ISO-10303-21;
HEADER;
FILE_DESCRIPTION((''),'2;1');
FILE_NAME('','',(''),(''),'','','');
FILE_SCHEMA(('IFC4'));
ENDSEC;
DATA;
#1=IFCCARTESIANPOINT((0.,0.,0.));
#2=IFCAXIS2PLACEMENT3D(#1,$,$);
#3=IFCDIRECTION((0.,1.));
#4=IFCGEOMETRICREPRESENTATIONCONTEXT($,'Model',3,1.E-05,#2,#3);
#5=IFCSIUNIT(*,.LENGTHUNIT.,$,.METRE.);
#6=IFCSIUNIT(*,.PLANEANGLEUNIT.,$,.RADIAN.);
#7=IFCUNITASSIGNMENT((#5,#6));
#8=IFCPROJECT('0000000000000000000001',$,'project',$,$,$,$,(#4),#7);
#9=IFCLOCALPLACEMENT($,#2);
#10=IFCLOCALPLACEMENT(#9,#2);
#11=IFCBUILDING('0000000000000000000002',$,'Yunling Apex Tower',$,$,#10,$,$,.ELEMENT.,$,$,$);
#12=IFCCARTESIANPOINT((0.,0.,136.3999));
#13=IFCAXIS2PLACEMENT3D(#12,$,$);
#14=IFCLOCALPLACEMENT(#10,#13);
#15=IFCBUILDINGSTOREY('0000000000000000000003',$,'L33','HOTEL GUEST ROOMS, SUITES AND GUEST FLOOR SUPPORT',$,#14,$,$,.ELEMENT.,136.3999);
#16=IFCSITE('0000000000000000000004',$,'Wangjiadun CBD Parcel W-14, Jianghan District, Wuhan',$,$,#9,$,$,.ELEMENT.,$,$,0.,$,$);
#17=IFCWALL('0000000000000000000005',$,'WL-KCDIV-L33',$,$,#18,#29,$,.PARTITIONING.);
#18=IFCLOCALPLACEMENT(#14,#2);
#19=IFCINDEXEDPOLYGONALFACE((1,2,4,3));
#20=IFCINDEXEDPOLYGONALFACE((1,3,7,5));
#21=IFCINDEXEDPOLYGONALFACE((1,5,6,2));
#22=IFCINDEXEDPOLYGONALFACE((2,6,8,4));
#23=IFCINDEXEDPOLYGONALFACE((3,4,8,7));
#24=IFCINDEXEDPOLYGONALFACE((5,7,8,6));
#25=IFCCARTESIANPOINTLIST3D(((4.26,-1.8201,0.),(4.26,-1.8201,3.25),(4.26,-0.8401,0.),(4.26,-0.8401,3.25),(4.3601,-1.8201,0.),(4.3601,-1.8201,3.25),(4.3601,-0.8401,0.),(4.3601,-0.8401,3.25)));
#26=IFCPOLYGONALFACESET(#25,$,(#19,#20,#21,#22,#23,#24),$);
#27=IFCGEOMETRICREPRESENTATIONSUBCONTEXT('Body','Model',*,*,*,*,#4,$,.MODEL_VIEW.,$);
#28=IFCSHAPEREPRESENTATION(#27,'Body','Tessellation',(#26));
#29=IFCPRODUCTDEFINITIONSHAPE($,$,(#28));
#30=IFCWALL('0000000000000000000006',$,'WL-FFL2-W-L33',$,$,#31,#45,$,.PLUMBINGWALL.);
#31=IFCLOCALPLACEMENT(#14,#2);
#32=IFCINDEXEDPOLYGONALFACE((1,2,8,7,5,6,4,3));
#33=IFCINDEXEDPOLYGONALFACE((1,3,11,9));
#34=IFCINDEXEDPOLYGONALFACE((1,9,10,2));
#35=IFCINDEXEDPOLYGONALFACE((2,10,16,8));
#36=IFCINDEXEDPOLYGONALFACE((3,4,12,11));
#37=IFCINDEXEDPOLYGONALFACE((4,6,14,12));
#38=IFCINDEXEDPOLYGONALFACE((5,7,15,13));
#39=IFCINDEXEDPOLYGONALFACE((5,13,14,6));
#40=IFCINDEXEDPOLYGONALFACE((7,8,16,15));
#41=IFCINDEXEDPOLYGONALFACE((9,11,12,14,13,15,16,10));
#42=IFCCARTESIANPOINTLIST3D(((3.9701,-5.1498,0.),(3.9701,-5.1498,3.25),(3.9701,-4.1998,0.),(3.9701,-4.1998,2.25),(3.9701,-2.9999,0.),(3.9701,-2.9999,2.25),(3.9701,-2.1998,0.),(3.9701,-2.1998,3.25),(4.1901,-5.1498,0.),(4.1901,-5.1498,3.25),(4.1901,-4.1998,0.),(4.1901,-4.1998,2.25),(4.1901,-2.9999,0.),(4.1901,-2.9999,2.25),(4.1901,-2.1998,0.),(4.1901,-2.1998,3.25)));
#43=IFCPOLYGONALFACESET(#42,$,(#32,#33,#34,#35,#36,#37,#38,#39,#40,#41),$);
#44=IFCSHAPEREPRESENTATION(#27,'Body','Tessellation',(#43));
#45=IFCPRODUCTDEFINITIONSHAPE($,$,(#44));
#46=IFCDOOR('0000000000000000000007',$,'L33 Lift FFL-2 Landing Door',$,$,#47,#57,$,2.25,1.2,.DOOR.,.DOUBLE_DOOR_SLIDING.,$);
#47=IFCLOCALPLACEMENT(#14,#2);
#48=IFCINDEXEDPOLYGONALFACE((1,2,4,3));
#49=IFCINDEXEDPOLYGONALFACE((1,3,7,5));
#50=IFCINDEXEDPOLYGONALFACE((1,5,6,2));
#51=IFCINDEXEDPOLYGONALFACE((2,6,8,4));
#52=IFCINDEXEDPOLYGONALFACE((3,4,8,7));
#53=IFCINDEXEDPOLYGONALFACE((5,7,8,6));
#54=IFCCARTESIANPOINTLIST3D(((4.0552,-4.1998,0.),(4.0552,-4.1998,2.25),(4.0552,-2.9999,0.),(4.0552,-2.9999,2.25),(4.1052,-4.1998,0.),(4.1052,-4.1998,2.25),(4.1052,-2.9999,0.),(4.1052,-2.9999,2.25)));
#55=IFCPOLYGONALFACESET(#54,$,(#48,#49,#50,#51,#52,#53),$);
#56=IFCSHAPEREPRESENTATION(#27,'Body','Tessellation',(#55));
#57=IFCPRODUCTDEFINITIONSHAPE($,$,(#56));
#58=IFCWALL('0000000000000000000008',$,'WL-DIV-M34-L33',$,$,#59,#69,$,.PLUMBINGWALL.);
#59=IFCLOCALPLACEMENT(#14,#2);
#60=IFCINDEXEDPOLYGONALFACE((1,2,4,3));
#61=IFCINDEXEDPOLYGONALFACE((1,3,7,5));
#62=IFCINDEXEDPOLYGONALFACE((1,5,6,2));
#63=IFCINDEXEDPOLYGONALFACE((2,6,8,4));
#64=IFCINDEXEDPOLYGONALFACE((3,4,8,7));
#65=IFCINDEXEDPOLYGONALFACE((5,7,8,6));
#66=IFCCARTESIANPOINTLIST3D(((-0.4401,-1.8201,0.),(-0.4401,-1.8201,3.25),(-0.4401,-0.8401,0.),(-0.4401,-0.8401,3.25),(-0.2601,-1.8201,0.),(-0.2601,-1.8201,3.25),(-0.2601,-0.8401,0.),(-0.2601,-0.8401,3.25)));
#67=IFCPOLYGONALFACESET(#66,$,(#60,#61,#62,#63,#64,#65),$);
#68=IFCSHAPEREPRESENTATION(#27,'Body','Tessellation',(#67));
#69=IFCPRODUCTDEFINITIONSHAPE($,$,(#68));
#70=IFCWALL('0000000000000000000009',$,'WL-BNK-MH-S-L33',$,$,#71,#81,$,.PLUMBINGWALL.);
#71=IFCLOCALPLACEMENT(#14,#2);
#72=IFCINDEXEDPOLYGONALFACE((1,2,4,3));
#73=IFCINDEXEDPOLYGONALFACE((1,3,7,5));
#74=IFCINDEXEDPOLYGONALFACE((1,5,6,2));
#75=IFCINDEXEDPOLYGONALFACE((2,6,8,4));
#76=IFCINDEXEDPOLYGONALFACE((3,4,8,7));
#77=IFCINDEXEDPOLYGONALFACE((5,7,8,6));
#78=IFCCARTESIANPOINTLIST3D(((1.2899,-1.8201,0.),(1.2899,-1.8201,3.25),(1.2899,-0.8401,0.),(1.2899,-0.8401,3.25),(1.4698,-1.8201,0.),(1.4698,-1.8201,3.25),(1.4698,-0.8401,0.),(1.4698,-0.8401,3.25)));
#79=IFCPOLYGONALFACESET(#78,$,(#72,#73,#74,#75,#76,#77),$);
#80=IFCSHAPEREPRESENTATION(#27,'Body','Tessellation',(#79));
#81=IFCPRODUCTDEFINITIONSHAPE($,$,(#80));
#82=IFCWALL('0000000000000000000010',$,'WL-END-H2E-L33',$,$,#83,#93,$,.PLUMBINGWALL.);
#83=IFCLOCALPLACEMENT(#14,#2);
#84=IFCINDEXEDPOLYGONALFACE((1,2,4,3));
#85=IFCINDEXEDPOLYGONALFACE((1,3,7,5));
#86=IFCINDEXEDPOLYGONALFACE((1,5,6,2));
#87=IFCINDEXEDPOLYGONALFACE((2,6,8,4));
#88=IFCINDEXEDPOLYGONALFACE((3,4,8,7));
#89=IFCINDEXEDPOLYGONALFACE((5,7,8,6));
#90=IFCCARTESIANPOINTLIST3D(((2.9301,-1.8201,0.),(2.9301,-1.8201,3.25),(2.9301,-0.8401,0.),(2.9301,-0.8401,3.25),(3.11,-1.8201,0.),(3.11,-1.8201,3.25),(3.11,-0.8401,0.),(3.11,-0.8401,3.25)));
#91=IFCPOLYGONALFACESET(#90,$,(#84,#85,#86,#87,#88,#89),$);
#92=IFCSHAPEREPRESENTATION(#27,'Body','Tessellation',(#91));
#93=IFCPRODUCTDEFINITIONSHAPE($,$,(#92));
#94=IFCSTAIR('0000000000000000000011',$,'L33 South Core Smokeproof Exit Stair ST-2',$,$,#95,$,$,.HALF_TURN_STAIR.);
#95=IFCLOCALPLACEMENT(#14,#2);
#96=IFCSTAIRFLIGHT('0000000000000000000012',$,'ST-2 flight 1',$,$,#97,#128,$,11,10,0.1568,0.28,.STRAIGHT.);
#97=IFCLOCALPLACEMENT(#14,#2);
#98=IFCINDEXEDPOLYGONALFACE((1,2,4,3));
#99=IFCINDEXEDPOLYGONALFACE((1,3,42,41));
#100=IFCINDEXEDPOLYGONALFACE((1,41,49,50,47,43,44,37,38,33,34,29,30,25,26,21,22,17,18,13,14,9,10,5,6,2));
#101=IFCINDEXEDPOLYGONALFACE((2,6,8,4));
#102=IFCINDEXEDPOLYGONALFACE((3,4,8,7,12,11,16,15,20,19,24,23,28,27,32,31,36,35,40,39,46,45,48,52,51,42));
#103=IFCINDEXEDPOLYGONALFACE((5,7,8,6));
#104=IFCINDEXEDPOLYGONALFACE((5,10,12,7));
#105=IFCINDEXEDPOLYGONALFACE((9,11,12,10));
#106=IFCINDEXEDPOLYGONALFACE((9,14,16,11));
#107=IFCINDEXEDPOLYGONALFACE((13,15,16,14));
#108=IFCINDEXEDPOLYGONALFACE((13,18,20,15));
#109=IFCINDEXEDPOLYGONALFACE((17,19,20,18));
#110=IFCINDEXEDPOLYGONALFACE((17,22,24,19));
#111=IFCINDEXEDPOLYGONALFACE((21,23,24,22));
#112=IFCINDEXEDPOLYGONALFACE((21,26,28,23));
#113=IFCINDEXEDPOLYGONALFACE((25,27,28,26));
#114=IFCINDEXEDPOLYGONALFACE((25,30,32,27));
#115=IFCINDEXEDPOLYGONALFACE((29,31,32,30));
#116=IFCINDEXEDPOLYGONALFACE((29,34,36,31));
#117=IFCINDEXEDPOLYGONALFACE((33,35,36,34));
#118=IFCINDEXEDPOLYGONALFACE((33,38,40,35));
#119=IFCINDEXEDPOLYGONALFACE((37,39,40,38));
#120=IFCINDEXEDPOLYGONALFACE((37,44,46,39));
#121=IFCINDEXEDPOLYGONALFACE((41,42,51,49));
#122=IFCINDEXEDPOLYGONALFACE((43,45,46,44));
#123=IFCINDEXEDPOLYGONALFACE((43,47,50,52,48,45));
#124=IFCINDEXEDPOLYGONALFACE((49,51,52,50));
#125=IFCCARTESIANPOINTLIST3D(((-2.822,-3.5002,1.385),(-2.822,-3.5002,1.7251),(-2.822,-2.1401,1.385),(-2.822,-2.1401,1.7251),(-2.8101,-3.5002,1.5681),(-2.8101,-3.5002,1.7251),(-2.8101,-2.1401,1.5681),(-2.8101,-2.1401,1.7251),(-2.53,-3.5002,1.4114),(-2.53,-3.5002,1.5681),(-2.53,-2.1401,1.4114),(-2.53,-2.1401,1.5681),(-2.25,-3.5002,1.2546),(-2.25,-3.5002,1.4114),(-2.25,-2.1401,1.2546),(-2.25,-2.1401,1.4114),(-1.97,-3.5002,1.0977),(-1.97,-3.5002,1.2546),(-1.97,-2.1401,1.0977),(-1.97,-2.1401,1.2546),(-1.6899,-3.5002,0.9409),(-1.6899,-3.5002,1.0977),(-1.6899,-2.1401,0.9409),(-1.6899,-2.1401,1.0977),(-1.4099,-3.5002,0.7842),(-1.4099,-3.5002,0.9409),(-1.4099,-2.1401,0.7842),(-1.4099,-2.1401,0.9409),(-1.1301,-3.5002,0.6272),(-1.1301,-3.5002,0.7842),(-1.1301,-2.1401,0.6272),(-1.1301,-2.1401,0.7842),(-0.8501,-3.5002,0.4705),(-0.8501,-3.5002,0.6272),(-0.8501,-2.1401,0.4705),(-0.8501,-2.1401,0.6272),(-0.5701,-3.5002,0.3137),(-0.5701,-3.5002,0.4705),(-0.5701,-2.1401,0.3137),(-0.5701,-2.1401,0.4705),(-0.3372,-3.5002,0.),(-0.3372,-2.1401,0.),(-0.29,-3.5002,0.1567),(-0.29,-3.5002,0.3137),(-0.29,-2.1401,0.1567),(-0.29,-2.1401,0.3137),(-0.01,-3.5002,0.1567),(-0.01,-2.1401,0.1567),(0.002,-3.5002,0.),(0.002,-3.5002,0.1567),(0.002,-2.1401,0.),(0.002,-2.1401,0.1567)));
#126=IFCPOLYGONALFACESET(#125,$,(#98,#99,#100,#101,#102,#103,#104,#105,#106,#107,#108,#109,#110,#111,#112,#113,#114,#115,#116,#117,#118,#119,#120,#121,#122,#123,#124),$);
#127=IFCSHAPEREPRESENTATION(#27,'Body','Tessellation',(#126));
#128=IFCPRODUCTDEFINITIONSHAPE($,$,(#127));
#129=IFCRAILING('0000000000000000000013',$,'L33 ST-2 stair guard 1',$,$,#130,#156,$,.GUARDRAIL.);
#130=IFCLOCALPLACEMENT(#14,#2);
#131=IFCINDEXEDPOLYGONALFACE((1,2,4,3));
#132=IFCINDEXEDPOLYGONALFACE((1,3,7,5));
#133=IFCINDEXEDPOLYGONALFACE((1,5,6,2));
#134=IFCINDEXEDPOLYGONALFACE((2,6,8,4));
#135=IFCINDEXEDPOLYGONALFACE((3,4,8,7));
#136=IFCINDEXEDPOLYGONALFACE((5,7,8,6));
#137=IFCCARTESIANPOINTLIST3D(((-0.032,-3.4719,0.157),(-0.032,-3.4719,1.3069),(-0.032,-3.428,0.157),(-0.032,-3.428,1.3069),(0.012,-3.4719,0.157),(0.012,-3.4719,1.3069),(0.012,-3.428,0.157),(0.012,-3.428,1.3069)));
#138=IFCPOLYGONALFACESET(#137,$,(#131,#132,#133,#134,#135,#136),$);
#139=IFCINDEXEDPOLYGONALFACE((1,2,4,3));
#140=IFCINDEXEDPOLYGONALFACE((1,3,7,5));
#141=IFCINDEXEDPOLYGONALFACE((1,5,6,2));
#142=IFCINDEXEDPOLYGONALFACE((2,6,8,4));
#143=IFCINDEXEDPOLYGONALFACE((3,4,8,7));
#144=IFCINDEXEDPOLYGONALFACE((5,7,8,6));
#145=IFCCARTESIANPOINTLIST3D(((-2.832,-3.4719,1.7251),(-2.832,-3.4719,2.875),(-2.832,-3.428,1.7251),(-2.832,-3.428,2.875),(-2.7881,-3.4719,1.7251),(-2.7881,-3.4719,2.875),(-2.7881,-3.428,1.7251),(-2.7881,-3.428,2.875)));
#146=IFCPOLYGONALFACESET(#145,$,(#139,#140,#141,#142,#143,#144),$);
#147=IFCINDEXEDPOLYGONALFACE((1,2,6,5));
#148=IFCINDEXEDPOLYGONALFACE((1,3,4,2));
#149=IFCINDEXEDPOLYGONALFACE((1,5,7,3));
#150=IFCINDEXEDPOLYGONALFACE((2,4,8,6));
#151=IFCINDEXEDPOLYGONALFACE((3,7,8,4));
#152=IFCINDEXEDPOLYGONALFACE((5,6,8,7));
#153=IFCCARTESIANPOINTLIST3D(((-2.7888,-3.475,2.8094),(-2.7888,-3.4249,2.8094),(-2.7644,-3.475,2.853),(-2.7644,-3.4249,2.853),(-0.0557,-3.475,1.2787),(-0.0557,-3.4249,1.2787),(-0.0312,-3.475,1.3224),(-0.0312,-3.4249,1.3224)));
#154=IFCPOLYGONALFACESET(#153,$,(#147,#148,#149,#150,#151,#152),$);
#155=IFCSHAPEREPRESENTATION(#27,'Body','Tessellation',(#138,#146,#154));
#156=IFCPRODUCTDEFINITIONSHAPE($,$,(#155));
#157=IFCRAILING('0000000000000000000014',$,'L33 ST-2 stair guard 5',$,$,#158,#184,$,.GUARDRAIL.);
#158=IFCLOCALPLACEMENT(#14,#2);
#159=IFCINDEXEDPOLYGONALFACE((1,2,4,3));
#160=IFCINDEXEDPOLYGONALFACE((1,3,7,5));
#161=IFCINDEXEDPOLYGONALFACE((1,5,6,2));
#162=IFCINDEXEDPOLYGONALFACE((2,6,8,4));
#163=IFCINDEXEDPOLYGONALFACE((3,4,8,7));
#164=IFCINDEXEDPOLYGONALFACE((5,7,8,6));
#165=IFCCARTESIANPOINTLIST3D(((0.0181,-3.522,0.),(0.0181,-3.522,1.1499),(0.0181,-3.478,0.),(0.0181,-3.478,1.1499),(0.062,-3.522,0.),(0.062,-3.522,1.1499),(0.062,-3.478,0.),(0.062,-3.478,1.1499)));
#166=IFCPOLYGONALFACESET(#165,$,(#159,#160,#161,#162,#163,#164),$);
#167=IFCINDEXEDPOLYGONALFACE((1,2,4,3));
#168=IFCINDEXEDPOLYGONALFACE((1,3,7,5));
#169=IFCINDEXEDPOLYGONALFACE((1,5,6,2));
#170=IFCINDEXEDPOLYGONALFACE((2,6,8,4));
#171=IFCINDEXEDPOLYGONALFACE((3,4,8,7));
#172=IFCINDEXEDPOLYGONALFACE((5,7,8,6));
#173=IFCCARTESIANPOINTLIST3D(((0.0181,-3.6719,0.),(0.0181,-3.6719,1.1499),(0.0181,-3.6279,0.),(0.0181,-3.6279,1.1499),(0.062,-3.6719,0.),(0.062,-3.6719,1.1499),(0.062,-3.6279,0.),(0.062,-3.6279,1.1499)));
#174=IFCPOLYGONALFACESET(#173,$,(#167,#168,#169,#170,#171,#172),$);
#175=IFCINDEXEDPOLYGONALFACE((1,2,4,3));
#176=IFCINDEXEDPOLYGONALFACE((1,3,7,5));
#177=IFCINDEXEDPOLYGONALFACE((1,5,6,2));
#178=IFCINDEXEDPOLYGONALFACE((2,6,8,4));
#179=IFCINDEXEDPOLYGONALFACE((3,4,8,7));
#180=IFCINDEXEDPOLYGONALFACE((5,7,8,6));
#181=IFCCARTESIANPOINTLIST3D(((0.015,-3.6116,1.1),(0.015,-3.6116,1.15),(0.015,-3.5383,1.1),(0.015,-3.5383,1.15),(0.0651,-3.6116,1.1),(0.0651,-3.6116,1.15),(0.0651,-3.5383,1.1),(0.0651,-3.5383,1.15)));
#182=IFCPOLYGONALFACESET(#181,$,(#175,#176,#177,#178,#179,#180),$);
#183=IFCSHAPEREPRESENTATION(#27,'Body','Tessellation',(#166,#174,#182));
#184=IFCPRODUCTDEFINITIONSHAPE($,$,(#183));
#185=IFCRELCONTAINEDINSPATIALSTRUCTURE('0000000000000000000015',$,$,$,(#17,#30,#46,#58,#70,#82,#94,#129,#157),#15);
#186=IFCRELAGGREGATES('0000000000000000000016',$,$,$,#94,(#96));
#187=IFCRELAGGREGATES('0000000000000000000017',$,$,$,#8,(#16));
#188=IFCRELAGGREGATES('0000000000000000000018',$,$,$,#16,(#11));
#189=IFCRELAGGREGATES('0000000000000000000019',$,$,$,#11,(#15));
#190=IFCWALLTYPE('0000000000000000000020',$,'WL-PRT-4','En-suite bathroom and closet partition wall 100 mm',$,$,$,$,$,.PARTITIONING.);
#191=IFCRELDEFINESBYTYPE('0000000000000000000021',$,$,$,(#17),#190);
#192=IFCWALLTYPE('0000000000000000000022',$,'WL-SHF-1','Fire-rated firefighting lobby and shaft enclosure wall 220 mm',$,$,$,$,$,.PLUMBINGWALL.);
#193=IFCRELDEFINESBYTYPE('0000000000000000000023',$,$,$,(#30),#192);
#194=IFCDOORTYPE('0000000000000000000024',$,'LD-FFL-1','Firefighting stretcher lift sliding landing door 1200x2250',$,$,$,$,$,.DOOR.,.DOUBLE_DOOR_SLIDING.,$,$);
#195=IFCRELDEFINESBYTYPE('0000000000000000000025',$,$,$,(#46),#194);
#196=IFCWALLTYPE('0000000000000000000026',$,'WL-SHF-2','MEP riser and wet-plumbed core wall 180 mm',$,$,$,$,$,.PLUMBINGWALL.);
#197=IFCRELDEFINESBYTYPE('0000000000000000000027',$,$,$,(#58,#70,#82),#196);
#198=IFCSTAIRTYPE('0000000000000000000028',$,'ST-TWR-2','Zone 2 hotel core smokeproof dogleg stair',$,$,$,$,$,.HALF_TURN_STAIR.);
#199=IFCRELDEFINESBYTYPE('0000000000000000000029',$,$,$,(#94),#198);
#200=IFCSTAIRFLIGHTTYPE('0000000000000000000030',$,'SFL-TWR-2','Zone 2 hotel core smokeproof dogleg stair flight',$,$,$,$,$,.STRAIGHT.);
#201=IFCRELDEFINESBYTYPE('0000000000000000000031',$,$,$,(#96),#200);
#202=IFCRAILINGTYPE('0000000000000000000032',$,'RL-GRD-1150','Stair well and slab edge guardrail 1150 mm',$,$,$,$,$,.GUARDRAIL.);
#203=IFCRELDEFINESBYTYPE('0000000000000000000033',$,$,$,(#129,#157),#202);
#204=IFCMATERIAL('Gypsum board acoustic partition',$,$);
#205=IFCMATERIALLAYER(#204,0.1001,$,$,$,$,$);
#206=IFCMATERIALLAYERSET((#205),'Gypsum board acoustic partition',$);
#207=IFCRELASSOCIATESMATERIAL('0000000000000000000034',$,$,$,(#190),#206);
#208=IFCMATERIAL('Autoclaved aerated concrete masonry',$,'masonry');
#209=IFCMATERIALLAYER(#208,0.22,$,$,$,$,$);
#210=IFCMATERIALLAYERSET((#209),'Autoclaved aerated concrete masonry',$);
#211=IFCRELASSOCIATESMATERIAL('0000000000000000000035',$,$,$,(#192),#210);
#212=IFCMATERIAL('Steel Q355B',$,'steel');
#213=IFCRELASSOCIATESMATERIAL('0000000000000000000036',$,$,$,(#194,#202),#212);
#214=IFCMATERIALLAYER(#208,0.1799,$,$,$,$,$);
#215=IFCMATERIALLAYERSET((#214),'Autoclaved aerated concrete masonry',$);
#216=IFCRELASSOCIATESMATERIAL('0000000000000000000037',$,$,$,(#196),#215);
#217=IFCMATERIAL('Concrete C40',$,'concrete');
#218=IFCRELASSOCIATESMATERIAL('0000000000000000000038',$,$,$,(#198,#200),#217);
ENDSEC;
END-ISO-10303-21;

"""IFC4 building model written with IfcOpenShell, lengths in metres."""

from ifc_helpers import new_model, si_unit, direction, frame, frame_2d, origin, origin_2d, place, context, subcontext, project, spatial, polyline, rectangle, outline, extrude, material, layer, layer_set, type_object, element, fill, aggregate, save


model = new_model("IFC4")

# Units and contexts
model_context = context("Model", 3, precision=1e-05, world=origin(), true_north=direction((0.0, 1.0)))
body_context = subcontext(model_context, "Body", "Model", "MODEL_VIEW")
ifc_project = project(units=[si_unit("LENGTHUNIT", "METRE"), si_unit("PLANEANGLEUNIT", "RADIAN")], contexts=[model_context])

# Site, building, storey
site_placement = place(None, origin())
site = spatial("IfcSite", under=ifc_project, at=site_placement, Name="Wangjiadun CBD Parcel W-14, Jianghan District, Wuhan", CompositionType="ELEMENT", RefElevation=0.0)
building_placement = place(site_placement, origin())
building = spatial("IfcBuilding", under=site, at=building_placement, Name="Yunling Apex Tower", CompositionType="ELEMENT")
storey_placement = place(building_placement, frame((0.0, 0.0, 136.3999)))
storey = spatial("IfcBuildingStorey", under=building, at=storey_placement, Name="L33", Description="HOTEL GUEST ROOMS, SUITES AND GUEST FLOOR SUPPORT", CompositionType="ELEMENT", Elevation=136.3999)

# Shared definitions
ifc_material_1 = material(Name="Steel Q355B", Category="steel")

# Shared definitions
ifc_material_2 = material(Name="Concrete C40", Category="concrete")
ifc_material_3 = material(Name="Gypsum board acoustic partition")

# Wall
ifc_layer_1 = layer(ifc_material_3, 0.1001)
ifc_layer_set_1 = layer_set([ifc_layer_1], Name="Gypsum board acoustic partition")
wall_type_1 = type_object("IfcWallType", Name="WL-PRT-4", Description="En-suite bathroom and closet partition wall 100 mm", PredefinedType="PARTITIONING", material=ifc_layer_set_1)
wall_1_placement = place(storey_placement, frame((4.3101, -1.8201, 0.0), z_axis=(0.0, 0.0, 1.0), x_axis=(0.0, 1.0, 0.0)))
element("IfcWall", 1, at=wall_1_placement, inside=storey, type_object=wall_type_1, Name="WL-KCDIV-L33", PredefinedType="PARTITIONING", context=body_context, shape_type="SweptSolid", body=[
    extrude(rectangle(XDim=0.98, YDim=0.1001, at=frame_2d((0.49, 0.0))), origin(), (0.0, 0.0, 1.0), 3.25),
])

# Wall, opening, door
ifc_material_4 = material(Name="Autoclaved aerated concrete masonry", Category="masonry")
ifc_layer_2 = layer(ifc_material_4, 0.22)
ifc_layer_set_2 = layer_set([ifc_layer_2], Name="Autoclaved aerated concrete masonry")
wall_type_2 = type_object("IfcWallType", Name="WL-SHF-1", Description="Fire-rated firefighting lobby and shaft enclosure wall 220 mm", PredefinedType="PLUMBINGWALL", material=ifc_layer_set_2)
wall_2_placement = place(storey_placement, frame((4.0801, -5.1499, 0.0), z_axis=(0.0, 0.0, 1.0), x_axis=(0.0, 1.0, 0.0)))
wall_2 = element("IfcWall", 2, at=wall_2_placement, inside=storey, type_object=wall_type_2, Name="WL-FFL2-W-L33", PredefinedType="PLUMBINGWALL", context=body_context, shape_type="SweptSolid", body=[
    extrude(rectangle(XDim=2.95, YDim=0.22, at=frame_2d((1.4751, 0.0))), origin(), (0.0, 0.0, 1.0), 3.25),
])
opening_1_placement = place(wall_2_placement, frame((0.95, 0.0, 0.0)))
opening_1 = element("IfcOpeningElement", 3, at=opening_1_placement, cuts=wall_2, PredefinedType="OPENING", context=body_context, shape_type="SweptSolid", body=[
    extrude(rectangle(XDim=1.2, YDim=2.25, at=frame_2d((0.6001, 1.125))), frame((0.0, 0.1201, 0.0), z_axis=(0.0, -1.0, 0.0), x_axis=(1.0, 0.0, 0.0)), (0.0, 0.0, 1.0), 0.24),
])
door_type_1 = type_object("IfcDoorType", Name="LD-FFL-1", Description="Firefighting stretcher lift sliding landing door 1200x2250", OperationType="DOUBLE_DOOR_SLIDING", PredefinedType="DOOR", material=ifc_material_1)
door_1_placement = place(opening_1_placement, origin())
door_1 = element("IfcDoor", 4, at=door_1_placement, inside=storey, type_object=door_type_1, Name="L33 Lift FFL-2 Landing Door", OperationType="DOUBLE_DOOR_SLIDING", OverallHeight=2.25, OverallWidth=1.2, PredefinedType="DOOR", context=body_context, shape_type="SweptSolid", body=[
    extrude(rectangle(XDim=1.2, YDim=2.25, at=frame_2d((0.6001, 1.125))), frame((0.0, 0.0249, 0.0), z_axis=(0.0, -1.0, 0.0), x_axis=(1.0, 0.0, 0.0)), (0.0, 0.0, 1.0), 0.05),
])
fill(opening_1, door_1)

# Walls
ifc_layer_3 = layer(ifc_material_4, 0.1799)
ifc_layer_set_3 = layer_set([ifc_layer_3], Name="Autoclaved aerated concrete masonry")
wall_type_3 = type_object("IfcWallType", Name="WL-SHF-2", Description="MEP riser and wet-plumbed core wall 180 mm", PredefinedType="PLUMBINGWALL", material=ifc_layer_set_3)
for number, where, z_axis, x_axis, name in (
    (5, (-0.3501, -1.8201, 0.0), (0.0, 0.0, 1.0), (0.0, 1.0, 0.0), "WL-DIV-M34-L33"),
    (6, (1.3799, -1.8201, 0.0), (0.0, 0.0, 1.0), (0.0, 1.0, 0.0), "WL-BNK-MH-S-L33"),
    (7, (3.02, -1.8201, 0.0), (0.0, 0.0, 1.0), (0.0, 1.0, 0.0), "WL-END-H2E-L33"),
):
    element("IfcWall", number, at=place(storey_placement, frame(where, z_axis=z_axis, x_axis=x_axis)), inside=storey, type_object=wall_type_3, Name=name, PredefinedType="PLUMBINGWALL", context=body_context, shape_type="SweptSolid", body=[
        extrude(rectangle(XDim=0.98, YDim=0.1799, at=frame_2d((0.49, 0.0))), origin(), (0.0, 0.0, 1.0), 3.25),
    ])

# Stair, stair flight
stair_type = type_object("IfcStairType", Name="ST-TWR-2", Description="Zone 2 hotel core smokeproof dogleg stair", PredefinedType="HALF_TURN_STAIR", material=ifc_material_2)
stair_placement = place(storey_placement, origin())
stair = element("IfcStair", 8, at=stair_placement, inside=storey, type_object=stair_type, Name="L33 South Core Smokeproof Exit Stair ST-2", PredefinedType="HALF_TURN_STAIR")
stair_flight_type = type_object("IfcStairFlightType", Name="SFL-TWR-2", Description="Zone 2 hotel core smokeproof dogleg stair flight", PredefinedType="STRAIGHT", material=ifc_material_2)
stair_flight_placement = place(storey_placement, frame((-0.01, -2.8201, 0.0), z_axis=(0.0, 0.0, 1.0), x_axis=(-1.0, 0.0, 0.0)))
stair_flight = element("IfcStairFlight", 9, at=stair_flight_placement, type_object=stair_flight_type, Name="ST-2 flight 1", NumberOfRisers=11, NumberOfTreads=10, PredefinedType="STRAIGHT", RiserHeight=0.1568, TreadLength=0.28, context=body_context, shape_type="SweptSolid", body=[
    extrude(outline(polyline([(-0.012, 0.0), (-0.012, 0.1567), (0.0, 0.1567), (0.28, 0.1567), (0.28, 0.3137), (0.5601, 0.3137), (0.5601, 0.4705), (0.8401, 0.4705), (0.8401, 0.6272), (1.1201, 0.6272), (1.1201, 0.7842), (1.3999, 0.7842), (1.3999, 0.9409), (1.6799, 0.9409), (1.6799, 1.0977), (1.96, 1.0977), (1.96, 1.2546), (2.24, 1.2546), (2.24, 1.4114), (2.52, 1.4114), (2.52, 1.5681), (2.8, 1.5681), (2.8, 1.7251), (2.812, 1.7251), (2.812, 1.385), (0.3271, 0.0), (-0.012, 0.0)])), frame((0.0, 0.6802, 0.0), z_axis=(0.0, -1.0, 0.0), x_axis=(1.0, 0.0, 0.0)), (0.0, 0.0, 1.0), 1.3601),
])
aggregate(stair, [stair_flight])

# Railings
railing_type_1 = type_object("IfcRailingType", Name="RL-GRD-1150", Description="Stair well and slab edge guardrail 1150 mm", PredefinedType="GUARDRAIL", material=ifc_material_1)
railing_1_placement = place(storey_placement, frame((-0.01, -3.45, 0.157)))
element("IfcRailing", 10, at=railing_1_placement, inside=storey, type_object=railing_type_1, Name="L33 ST-2 stair guard 1", PredefinedType="GUARDRAIL", context=body_context, shape_type="SweptSolid", body=[
    extrude(rectangle(XDim=0.0439, YDim=0.0439, at=origin_2d()), origin(), (0.0, 0.0, 1.0), 1.1499),
    extrude(rectangle(XDim=0.0439, YDim=0.0439, at=origin_2d()), frame((-2.8, 0.0, 1.5681)), (0.0, 0.0, 1.0), 1.1499),
    extrude(rectangle(XDim=0.05, YDim=0.05, at=origin_2d()), frame((-0.0334, 0.0, 1.1436), z_axis=(-0.872494, 0.0, 0.488624), x_axis=(0.0, -1.0, 0.0)), (0.0, 0.0, 1.0), 3.1326),
])
railing_2_placement = place(storey_placement, frame((0.04, -3.5, 0.0)))
element("IfcRailing", 11, at=railing_2_placement, inside=storey, type_object=railing_type_1, Name="L33 ST-2 stair guard 5", PredefinedType="GUARDRAIL", context=body_context, shape_type="SweptSolid", body=[
    extrude(rectangle(XDim=0.0439, YDim=0.0439, at=origin_2d()), origin(), (0.0, 0.0, 1.0), 1.1499),
    extrude(rectangle(XDim=0.0439, YDim=0.0439, at=origin_2d()), frame((0.0, -0.1499, 0.0)), (0.0, 0.0, 1.0), 1.1499),
    extrude(rectangle(XDim=0.05, YDim=0.05, at=origin_2d()), frame((0.0, -0.0383, 1.125), z_axis=(0.0, -1.0, 0.0), x_axis=(1.0, 0.0, 0.0)), (0.0, 0.0, 1.0), 0.0732),
])

save(model, "model.ifc")
